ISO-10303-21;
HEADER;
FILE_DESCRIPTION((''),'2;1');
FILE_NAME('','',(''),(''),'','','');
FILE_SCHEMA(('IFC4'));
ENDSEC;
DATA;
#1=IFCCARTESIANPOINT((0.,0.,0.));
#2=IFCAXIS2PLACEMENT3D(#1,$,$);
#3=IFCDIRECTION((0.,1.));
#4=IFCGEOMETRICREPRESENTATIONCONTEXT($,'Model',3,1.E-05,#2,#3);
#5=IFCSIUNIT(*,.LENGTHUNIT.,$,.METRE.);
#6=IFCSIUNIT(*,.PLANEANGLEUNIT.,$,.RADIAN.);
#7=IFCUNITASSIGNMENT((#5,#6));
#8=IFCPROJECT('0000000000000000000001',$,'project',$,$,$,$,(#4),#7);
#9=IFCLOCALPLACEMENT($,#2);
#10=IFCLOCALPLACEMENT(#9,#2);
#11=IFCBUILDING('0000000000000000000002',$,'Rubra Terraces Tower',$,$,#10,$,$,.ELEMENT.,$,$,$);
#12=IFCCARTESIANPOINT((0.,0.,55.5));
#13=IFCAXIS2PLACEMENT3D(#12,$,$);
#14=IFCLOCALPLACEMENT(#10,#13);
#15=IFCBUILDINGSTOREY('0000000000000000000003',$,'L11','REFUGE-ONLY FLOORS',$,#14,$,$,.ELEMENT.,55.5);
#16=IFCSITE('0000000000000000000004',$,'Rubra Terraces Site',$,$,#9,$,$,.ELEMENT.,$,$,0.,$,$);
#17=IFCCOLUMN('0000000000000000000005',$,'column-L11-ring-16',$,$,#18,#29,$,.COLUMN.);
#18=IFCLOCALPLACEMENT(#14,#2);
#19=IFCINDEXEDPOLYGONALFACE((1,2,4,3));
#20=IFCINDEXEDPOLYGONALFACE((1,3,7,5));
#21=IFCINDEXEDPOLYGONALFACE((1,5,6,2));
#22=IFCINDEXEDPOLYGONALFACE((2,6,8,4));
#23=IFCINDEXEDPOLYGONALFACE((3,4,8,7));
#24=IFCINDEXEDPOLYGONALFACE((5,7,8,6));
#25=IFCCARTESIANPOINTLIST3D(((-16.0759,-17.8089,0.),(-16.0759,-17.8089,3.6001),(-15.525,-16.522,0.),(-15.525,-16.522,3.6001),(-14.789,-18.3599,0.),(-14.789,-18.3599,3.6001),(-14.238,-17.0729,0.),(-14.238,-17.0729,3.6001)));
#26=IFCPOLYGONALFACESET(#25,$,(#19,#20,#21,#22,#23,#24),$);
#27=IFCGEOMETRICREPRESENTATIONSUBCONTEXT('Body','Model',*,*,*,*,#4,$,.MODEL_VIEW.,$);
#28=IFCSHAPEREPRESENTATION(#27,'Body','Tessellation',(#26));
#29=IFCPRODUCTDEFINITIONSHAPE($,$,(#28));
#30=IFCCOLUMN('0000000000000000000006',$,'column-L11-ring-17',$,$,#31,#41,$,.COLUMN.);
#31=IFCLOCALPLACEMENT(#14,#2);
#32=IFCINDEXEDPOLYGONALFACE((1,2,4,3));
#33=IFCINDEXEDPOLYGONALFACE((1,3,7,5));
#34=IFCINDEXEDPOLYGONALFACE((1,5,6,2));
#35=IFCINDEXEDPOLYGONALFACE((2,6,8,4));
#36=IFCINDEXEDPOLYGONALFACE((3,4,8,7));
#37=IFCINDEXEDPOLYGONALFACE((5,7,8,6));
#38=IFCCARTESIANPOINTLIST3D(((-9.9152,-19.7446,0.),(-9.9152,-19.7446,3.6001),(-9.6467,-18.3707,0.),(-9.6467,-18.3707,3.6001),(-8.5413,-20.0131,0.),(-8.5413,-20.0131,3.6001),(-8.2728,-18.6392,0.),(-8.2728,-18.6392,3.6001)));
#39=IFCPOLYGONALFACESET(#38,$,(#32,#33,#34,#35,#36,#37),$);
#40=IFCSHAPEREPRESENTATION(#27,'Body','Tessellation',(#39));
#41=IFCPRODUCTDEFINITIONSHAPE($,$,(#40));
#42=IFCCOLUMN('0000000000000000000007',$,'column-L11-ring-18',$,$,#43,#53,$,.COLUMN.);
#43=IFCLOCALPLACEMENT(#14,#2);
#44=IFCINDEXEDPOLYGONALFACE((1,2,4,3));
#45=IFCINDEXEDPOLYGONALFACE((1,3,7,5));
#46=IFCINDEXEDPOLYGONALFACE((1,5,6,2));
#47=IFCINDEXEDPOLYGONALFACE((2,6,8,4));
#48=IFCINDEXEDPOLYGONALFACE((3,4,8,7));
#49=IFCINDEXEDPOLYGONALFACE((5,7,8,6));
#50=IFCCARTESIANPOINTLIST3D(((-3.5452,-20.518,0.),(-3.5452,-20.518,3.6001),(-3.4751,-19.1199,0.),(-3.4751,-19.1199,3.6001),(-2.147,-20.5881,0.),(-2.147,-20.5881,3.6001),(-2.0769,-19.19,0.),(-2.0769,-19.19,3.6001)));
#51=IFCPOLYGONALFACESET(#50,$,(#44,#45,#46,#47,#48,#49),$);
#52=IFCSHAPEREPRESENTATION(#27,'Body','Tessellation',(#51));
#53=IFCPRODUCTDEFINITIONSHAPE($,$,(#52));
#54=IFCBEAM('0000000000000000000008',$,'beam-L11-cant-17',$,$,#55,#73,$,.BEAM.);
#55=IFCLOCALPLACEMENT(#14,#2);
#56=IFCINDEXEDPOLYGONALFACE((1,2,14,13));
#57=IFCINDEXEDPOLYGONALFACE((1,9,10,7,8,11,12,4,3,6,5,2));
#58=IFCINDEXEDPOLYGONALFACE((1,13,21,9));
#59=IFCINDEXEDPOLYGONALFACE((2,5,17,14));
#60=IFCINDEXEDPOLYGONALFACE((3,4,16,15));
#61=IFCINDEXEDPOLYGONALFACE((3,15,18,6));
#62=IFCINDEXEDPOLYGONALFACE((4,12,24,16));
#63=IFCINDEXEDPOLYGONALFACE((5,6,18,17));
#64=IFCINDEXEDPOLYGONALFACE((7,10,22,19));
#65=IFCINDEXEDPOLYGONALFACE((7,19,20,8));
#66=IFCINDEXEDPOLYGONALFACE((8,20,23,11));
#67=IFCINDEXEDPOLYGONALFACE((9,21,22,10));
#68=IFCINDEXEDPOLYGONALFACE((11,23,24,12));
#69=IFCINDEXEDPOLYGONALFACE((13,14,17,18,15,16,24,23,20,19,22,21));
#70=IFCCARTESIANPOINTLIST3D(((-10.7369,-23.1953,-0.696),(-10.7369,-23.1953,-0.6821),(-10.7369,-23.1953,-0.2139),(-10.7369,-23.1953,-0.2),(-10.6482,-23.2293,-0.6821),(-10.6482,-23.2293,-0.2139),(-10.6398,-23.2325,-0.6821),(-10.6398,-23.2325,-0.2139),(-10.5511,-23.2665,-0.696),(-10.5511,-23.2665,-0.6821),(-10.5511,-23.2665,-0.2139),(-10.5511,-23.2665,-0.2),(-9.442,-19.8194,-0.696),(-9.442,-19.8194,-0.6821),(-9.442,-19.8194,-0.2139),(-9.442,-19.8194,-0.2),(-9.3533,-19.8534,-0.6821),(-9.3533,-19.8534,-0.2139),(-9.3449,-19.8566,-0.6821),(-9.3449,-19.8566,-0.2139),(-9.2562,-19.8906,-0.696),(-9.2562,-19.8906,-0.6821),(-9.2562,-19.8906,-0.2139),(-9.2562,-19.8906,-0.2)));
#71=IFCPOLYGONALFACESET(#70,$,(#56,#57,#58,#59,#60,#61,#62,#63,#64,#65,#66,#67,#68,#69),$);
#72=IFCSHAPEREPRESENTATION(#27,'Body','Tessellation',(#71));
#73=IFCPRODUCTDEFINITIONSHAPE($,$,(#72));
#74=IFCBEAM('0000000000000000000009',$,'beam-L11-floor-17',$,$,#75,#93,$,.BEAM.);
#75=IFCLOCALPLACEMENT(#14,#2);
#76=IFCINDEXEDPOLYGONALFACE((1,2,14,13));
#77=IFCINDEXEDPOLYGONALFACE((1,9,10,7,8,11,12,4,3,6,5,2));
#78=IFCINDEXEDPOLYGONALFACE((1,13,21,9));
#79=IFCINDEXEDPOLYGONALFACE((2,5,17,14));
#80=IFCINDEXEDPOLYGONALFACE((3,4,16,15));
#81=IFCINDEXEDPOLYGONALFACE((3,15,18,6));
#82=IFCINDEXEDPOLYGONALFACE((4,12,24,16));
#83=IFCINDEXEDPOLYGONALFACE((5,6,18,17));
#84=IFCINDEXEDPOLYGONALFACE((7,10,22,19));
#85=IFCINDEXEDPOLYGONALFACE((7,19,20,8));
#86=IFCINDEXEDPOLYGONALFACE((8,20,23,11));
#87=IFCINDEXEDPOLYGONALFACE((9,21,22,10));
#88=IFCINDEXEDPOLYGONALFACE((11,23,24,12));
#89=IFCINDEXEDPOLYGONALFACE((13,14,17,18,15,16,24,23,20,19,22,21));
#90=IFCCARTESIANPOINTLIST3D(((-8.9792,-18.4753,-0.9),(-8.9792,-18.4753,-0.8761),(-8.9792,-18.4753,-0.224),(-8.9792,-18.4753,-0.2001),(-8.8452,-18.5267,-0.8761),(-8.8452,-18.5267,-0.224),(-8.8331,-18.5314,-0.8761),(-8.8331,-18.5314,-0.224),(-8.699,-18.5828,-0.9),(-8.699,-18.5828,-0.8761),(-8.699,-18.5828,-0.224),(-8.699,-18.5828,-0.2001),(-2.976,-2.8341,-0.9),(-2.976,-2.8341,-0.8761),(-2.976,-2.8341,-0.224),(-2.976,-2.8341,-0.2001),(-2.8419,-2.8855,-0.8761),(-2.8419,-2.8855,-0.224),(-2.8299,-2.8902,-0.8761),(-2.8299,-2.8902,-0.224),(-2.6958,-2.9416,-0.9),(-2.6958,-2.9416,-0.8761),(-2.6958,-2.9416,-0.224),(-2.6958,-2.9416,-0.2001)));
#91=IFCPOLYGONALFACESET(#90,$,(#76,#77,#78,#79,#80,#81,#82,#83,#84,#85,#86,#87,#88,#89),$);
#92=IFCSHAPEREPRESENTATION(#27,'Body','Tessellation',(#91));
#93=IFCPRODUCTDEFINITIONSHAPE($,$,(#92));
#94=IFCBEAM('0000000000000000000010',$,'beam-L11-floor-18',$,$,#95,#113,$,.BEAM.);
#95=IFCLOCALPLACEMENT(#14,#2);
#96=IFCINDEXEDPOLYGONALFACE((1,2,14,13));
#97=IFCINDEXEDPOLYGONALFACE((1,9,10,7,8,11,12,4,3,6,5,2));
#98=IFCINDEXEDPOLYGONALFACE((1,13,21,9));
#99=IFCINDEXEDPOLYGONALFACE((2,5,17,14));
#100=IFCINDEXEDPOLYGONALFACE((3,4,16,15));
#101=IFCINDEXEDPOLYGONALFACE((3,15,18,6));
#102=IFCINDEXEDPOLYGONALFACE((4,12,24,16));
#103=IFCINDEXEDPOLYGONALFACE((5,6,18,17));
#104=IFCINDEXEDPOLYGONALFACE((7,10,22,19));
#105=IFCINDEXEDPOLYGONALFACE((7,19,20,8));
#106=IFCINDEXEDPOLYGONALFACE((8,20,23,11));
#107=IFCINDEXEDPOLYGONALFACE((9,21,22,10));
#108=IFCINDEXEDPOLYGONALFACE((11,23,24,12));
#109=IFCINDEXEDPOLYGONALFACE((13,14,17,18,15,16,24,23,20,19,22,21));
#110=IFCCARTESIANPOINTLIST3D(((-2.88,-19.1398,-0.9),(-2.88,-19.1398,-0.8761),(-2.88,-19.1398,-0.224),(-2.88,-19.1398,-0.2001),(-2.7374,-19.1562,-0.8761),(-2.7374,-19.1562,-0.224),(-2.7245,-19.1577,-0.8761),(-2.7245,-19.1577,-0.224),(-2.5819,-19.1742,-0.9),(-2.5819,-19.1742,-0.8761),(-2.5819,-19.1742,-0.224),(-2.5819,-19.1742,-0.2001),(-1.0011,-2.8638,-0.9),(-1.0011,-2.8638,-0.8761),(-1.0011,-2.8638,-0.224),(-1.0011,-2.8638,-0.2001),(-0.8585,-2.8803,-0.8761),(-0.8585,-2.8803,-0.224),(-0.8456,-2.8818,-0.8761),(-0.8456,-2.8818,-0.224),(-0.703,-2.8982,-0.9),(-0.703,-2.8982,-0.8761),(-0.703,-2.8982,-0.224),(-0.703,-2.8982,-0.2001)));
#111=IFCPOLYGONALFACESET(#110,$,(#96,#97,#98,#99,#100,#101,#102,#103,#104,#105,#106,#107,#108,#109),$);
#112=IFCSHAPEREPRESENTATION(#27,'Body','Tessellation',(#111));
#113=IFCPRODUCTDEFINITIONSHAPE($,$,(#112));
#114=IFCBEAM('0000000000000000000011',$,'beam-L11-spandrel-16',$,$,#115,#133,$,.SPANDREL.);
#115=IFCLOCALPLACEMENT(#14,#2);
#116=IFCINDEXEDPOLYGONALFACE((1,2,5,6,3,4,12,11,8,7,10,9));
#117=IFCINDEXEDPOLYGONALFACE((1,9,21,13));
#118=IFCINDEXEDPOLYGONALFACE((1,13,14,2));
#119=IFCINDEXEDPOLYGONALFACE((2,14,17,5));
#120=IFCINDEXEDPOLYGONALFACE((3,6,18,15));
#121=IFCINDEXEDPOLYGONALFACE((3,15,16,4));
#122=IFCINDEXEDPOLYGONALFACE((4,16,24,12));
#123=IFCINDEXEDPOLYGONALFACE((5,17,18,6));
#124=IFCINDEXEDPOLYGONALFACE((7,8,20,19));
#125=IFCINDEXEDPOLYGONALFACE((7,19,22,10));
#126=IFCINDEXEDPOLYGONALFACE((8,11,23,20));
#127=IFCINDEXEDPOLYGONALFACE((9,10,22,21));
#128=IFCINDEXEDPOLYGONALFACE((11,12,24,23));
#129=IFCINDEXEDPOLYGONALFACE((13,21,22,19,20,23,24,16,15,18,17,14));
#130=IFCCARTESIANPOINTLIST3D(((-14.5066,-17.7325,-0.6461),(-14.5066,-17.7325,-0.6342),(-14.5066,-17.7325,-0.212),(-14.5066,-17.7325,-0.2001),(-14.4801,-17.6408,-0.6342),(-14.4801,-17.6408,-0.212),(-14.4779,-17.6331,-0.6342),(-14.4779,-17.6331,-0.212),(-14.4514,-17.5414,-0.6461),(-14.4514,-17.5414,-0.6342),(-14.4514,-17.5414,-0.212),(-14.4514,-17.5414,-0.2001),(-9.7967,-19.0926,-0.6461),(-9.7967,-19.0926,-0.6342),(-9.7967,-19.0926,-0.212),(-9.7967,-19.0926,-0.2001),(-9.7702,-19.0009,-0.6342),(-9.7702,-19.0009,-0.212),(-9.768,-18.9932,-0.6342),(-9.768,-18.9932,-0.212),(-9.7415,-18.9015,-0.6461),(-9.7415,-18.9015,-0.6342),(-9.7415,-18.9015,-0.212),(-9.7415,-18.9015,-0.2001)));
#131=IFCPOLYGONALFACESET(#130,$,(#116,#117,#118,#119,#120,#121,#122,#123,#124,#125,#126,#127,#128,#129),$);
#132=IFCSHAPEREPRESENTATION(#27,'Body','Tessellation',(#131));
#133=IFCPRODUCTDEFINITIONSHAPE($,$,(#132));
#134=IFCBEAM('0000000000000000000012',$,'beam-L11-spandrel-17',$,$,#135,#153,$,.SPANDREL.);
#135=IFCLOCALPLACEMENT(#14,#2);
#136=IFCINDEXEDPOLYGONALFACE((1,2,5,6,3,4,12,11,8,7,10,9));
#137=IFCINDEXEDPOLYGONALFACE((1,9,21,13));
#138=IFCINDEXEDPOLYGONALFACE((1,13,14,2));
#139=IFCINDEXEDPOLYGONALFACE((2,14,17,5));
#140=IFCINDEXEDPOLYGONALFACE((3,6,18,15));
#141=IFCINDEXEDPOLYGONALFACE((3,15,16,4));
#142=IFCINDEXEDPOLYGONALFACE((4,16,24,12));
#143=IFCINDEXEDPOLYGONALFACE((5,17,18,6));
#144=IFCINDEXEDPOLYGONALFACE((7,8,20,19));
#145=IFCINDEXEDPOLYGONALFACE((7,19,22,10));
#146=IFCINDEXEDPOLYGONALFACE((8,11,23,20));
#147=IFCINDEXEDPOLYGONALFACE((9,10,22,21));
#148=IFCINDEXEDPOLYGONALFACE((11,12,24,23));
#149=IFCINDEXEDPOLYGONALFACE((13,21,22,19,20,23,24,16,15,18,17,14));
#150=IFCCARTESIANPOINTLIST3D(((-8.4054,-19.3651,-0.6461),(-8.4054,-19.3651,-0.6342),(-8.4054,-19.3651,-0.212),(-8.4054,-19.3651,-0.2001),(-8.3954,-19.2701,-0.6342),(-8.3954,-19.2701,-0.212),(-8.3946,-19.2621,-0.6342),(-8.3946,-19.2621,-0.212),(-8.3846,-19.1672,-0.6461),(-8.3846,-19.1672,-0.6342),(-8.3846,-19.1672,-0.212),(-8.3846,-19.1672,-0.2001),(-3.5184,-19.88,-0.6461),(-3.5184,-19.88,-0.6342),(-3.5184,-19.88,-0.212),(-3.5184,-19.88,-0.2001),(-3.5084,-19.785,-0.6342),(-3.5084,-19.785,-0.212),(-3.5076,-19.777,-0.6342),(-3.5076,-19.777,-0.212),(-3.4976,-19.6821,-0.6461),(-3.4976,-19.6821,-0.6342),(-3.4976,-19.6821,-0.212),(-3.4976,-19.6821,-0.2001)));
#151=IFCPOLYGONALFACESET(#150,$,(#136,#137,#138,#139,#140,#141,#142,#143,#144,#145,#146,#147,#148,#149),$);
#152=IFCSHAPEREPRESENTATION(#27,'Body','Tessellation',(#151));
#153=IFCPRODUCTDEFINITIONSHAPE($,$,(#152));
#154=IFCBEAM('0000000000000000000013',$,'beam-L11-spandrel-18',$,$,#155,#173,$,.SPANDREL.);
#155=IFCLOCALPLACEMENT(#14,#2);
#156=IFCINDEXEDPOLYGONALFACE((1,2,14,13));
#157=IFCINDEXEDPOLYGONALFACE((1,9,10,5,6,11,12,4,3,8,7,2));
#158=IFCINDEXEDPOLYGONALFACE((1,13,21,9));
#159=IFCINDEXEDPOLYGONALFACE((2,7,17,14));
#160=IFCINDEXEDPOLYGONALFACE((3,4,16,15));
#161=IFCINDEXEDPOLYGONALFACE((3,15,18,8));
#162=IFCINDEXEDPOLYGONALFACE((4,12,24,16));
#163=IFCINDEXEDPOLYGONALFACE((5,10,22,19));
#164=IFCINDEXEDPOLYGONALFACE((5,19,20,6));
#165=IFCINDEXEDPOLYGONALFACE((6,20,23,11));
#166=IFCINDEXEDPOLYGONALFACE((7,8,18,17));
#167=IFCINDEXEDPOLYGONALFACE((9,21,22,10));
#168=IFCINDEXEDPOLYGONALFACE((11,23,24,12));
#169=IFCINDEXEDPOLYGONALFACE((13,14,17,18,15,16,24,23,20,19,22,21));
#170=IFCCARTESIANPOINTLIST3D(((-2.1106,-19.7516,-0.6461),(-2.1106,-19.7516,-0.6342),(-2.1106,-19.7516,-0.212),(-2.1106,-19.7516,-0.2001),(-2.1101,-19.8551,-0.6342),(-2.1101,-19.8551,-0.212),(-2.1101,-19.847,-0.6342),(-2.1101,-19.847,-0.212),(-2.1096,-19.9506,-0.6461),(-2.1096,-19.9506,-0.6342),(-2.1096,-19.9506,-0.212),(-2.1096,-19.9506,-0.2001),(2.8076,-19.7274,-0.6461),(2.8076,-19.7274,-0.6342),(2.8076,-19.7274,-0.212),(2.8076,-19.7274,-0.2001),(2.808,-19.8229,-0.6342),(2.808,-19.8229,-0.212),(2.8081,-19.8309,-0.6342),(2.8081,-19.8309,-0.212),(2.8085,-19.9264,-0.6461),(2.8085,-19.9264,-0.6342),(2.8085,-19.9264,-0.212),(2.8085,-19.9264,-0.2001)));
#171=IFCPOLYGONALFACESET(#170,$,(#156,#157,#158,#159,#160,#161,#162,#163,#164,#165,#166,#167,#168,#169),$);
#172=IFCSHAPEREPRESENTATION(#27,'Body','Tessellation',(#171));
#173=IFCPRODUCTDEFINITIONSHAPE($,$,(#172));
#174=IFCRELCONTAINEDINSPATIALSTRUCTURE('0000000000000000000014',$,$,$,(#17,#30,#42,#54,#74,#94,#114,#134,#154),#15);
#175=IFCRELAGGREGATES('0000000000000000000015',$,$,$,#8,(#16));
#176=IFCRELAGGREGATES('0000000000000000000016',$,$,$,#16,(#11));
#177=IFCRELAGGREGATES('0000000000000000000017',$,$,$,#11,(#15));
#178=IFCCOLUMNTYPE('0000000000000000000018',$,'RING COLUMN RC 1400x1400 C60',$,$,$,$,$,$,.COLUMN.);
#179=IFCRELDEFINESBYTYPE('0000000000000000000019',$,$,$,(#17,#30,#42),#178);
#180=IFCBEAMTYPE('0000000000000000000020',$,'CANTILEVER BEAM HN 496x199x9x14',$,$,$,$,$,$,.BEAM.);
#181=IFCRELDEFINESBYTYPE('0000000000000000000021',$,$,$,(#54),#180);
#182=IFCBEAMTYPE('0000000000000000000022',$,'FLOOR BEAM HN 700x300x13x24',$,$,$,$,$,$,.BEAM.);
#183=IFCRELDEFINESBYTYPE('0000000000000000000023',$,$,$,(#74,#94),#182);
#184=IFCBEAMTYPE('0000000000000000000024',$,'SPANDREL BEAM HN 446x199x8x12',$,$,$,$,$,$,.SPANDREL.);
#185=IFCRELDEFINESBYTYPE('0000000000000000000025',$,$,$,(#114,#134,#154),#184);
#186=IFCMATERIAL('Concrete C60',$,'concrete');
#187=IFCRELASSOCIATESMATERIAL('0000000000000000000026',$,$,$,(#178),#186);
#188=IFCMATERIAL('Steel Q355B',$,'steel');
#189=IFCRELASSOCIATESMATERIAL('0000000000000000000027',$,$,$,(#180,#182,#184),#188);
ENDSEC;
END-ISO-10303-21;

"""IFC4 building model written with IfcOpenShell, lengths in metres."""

from ifc_helpers import new_model, si_unit, direction, frame, origin, origin_2d, place, context, subcontext, project, spatial, rectangle, i_section, extrude, material, material_profile, profile_set, type_object, element, save


model = new_model("IFC4")

# Units and contexts
model_context = context("Model", 3, precision=1e-05, world=origin(), true_north=direction((0.0, 1.0)))
body_context = subcontext(model_context, "Body", "Model", "MODEL_VIEW")
ifc_project = project(units=[si_unit("LENGTHUNIT", "METRE"), si_unit("PLANEANGLEUNIT", "RADIAN")], contexts=[model_context])

# Site, building, storey
site_placement = place(None, origin())
site = spatial("IfcSite", under=ifc_project, at=site_placement, Name="Rubra Terraces Site", CompositionType="ELEMENT", RefElevation=0.0)
building_placement = place(site_placement, origin())
building = spatial("IfcBuilding", under=site, at=building_placement, Name="Rubra Terraces Tower", CompositionType="ELEMENT")
storey_placement = place(building_placement, frame((0.0, 0.0, 55.5)))
storey = spatial("IfcBuildingStorey", under=building, at=storey_placement, Name="L11", Description="REFUGE-ONLY FLOORS", CompositionType="ELEMENT", Elevation=55.5)

# Columns
ifc_material_1 = material(Name="Concrete C60", Category="concrete")
ifc_material_profile_1 = material_profile(ifc_material_1, rectangle(XDim=1.3999, YDim=1.3999, at=origin_2d()), Name="RC 1400x1400")
ifc_profile_set_1 = profile_set([ifc_material_profile_1], Name="Concrete C60")
column_type = type_object("IfcColumnType", Name="RING COLUMN RC 1400x1400 C60", PredefinedType="COLUMN", material=ifc_profile_set_1)
for number, where, z_axis, x_axis, name in (
    (1, (-15.157, -17.4409, 0.0), (0.0, 0.0, 1.0), (0.919294, -0.393572, 0.0), "column-L11-ring-16"),
    (2, (-9.094, -19.1919, 0.0), (0.0, 0.0, 1.0), (0.98143, -0.191819, 0.0), "column-L11-ring-17"),
    (3, (-2.811, -19.854, 0.0), (0.0, 0.0, 1.0), (0.998745, -0.050084, 0.0), "column-L11-ring-18"),
):
    element("IfcColumn", number, at=place(storey_placement, frame(where, z_axis=z_axis, x_axis=x_axis)), inside=storey, type_object=column_type, Name=name, PredefinedType="COLUMN", context=body_context, shape_type="SweptSolid", body=[
        extrude(rectangle(XDim=1.3999, YDim=1.3999, at=origin_2d()), origin(), (0.0, 0.0, 1.0), 3.6001),
    ])

# Beams
ifc_material_2 = material(Name="Steel Q355B", Category="steel")
ifc_material_profile_2 = material_profile(ifc_material_2, i_section(OverallWidth=0.199, OverallDepth=0.4961, WebThickness=0.009, FlangeThickness=0.0139, at=origin_2d()), Name="HN 496x199x9x14")
ifc_profile_set_2 = profile_set([ifc_material_profile_2], Name="Steel Q355B")
beam_type_1 = type_object("IfcBeamType", Name="CANTILEVER BEAM HN 496x199x9x14", PredefinedType="BEAM", material=ifc_profile_set_2)
beam_1_placement = place(storey_placement, frame((-9.3491, -19.855, -0.448), z_axis=(-0.358128, -0.933672, 0.0), x_axis=(0.933672, -0.358128, 0.0)))
element("IfcBeam", 4, at=beam_1_placement, inside=storey, type_object=beam_type_1, Name="beam-L11-cant-17", PredefinedType="BEAM", context=body_context, shape_type="SweptSolid", body=[
    extrude(i_section(OverallWidth=0.199, OverallDepth=0.4961, WebThickness=0.009, FlangeThickness=0.0139, at=origin_2d()), origin(), (0.0, 0.0, 1.0), 3.6157),
])
ifc_material_profile_3 = material_profile(ifc_material_2, i_section(OverallWidth=0.3, OverallDepth=0.7, WebThickness=0.0129, FlangeThickness=0.0239, at=origin_2d()), Name="HN 700x300x13x24")
ifc_profile_set_3 = profile_set([ifc_material_profile_3], Name="Steel Q355B")
beam_type_2 = type_object("IfcBeamType", Name="FLOOR BEAM HN 700x300x13x24", PredefinedType="BEAM", material=ifc_profile_set_3)
beam_2_placement = place(storey_placement, frame((-8.8391, -18.5291, -0.55), z_axis=(0.358322, 0.933598, 0.0), x_axis=(-0.933598, 0.358322, 0.0)))
element("IfcBeam", 5, at=beam_2_placement, inside=storey, type_object=beam_type_2, Name="beam-L11-floor-17", PredefinedType="BEAM", context=body_context, shape_type="SweptSolid", body=[
    extrude(i_section(OverallWidth=0.3, OverallDepth=0.7, WebThickness=0.0129, FlangeThickness=0.0239, at=origin_2d()), origin(), (0.0, 0.0, 1.0), 16.7537),
])
beam_3_placement = place(storey_placement, frame((-2.731, -19.157, -0.55), z_axis=(0.11468, 0.993403, 0.0), x_axis=(-0.993403, 0.11468, 0.0)))
element("IfcBeam", 6, at=beam_3_placement, inside=storey, type_object=beam_type_2, Name="beam-L11-floor-18", PredefinedType="BEAM", context=body_context, shape_type="SweptSolid", body=[
    extrude(i_section(OverallWidth=0.3, OverallDepth=0.7, WebThickness=0.0129, FlangeThickness=0.0239, at=origin_2d()), origin(), (0.0, 0.0, 1.0), 16.384),
])
ifc_material_profile_4 = material_profile(ifc_material_2, i_section(OverallWidth=0.199, OverallDepth=0.446, WebThickness=0.0081, FlangeThickness=0.012, at=origin_2d()), Name="HN 446x199x8x12")
ifc_profile_set_4 = profile_set([ifc_material_profile_4], Name="Steel Q355B")
beam_type_3 = type_object("IfcBeamType", Name="SPANDREL BEAM HN 446x199x8x12", PredefinedType="SPANDREL", material=ifc_profile_set_4)
beam_4_placement = place(storey_placement, frame((-14.479, -17.637, -0.4231), z_axis=(0.960744, -0.277436, 0.0), x_axis=(0.277436, 0.960744, 0.0)))
element("IfcBeam", 7, at=beam_4_placement, inside=storey, type_object=beam_type_3, Name="beam-L11-spandrel-16", PredefinedType="SPANDREL", context=body_context, shape_type="SweptSolid", body=[
    extrude(i_section(OverallWidth=0.199, OverallDepth=0.446, WebThickness=0.0081, FlangeThickness=0.012, at=origin_2d()), origin(), (0.0, 0.0, 1.0), 4.9023),
])
beam_5_placement = place(storey_placement, frame((-8.395, -19.2661, -0.4231), z_axis=(0.994495, -0.10478, 0.0), x_axis=(0.10478, 0.994495, 0.0)))
element("IfcBeam", 8, at=beam_5_placement, inside=storey, type_object=beam_type_3, Name="beam-L11-spandrel-17", PredefinedType="SPANDREL", context=body_context, shape_type="SweptSolid", body=[
    extrude(i_section(OverallWidth=0.199, OverallDepth=0.446, WebThickness=0.0081, FlangeThickness=0.012, at=origin_2d()), origin(), (0.0, 0.0, 1.0), 4.9141),
])
beam_6_placement = place(storey_placement, frame((-2.1101, -19.8511, -0.4231), z_axis=(0.999988, 0.004914, 0.0), x_axis=(-0.004914, 0.999988, 0.0)))
element("IfcBeam", 9, at=beam_6_placement, inside=storey, type_object=beam_type_3, Name="beam-L11-spandrel-18", PredefinedType="SPANDREL", context=body_context, shape_type="SweptSolid", body=[
    extrude(i_section(OverallWidth=0.199, OverallDepth=0.446, WebThickness=0.0081, FlangeThickness=0.012, at=origin_2d()), origin(), (0.0, 0.0, 1.0), 4.9182),
])

save(model, "model.ifc")
